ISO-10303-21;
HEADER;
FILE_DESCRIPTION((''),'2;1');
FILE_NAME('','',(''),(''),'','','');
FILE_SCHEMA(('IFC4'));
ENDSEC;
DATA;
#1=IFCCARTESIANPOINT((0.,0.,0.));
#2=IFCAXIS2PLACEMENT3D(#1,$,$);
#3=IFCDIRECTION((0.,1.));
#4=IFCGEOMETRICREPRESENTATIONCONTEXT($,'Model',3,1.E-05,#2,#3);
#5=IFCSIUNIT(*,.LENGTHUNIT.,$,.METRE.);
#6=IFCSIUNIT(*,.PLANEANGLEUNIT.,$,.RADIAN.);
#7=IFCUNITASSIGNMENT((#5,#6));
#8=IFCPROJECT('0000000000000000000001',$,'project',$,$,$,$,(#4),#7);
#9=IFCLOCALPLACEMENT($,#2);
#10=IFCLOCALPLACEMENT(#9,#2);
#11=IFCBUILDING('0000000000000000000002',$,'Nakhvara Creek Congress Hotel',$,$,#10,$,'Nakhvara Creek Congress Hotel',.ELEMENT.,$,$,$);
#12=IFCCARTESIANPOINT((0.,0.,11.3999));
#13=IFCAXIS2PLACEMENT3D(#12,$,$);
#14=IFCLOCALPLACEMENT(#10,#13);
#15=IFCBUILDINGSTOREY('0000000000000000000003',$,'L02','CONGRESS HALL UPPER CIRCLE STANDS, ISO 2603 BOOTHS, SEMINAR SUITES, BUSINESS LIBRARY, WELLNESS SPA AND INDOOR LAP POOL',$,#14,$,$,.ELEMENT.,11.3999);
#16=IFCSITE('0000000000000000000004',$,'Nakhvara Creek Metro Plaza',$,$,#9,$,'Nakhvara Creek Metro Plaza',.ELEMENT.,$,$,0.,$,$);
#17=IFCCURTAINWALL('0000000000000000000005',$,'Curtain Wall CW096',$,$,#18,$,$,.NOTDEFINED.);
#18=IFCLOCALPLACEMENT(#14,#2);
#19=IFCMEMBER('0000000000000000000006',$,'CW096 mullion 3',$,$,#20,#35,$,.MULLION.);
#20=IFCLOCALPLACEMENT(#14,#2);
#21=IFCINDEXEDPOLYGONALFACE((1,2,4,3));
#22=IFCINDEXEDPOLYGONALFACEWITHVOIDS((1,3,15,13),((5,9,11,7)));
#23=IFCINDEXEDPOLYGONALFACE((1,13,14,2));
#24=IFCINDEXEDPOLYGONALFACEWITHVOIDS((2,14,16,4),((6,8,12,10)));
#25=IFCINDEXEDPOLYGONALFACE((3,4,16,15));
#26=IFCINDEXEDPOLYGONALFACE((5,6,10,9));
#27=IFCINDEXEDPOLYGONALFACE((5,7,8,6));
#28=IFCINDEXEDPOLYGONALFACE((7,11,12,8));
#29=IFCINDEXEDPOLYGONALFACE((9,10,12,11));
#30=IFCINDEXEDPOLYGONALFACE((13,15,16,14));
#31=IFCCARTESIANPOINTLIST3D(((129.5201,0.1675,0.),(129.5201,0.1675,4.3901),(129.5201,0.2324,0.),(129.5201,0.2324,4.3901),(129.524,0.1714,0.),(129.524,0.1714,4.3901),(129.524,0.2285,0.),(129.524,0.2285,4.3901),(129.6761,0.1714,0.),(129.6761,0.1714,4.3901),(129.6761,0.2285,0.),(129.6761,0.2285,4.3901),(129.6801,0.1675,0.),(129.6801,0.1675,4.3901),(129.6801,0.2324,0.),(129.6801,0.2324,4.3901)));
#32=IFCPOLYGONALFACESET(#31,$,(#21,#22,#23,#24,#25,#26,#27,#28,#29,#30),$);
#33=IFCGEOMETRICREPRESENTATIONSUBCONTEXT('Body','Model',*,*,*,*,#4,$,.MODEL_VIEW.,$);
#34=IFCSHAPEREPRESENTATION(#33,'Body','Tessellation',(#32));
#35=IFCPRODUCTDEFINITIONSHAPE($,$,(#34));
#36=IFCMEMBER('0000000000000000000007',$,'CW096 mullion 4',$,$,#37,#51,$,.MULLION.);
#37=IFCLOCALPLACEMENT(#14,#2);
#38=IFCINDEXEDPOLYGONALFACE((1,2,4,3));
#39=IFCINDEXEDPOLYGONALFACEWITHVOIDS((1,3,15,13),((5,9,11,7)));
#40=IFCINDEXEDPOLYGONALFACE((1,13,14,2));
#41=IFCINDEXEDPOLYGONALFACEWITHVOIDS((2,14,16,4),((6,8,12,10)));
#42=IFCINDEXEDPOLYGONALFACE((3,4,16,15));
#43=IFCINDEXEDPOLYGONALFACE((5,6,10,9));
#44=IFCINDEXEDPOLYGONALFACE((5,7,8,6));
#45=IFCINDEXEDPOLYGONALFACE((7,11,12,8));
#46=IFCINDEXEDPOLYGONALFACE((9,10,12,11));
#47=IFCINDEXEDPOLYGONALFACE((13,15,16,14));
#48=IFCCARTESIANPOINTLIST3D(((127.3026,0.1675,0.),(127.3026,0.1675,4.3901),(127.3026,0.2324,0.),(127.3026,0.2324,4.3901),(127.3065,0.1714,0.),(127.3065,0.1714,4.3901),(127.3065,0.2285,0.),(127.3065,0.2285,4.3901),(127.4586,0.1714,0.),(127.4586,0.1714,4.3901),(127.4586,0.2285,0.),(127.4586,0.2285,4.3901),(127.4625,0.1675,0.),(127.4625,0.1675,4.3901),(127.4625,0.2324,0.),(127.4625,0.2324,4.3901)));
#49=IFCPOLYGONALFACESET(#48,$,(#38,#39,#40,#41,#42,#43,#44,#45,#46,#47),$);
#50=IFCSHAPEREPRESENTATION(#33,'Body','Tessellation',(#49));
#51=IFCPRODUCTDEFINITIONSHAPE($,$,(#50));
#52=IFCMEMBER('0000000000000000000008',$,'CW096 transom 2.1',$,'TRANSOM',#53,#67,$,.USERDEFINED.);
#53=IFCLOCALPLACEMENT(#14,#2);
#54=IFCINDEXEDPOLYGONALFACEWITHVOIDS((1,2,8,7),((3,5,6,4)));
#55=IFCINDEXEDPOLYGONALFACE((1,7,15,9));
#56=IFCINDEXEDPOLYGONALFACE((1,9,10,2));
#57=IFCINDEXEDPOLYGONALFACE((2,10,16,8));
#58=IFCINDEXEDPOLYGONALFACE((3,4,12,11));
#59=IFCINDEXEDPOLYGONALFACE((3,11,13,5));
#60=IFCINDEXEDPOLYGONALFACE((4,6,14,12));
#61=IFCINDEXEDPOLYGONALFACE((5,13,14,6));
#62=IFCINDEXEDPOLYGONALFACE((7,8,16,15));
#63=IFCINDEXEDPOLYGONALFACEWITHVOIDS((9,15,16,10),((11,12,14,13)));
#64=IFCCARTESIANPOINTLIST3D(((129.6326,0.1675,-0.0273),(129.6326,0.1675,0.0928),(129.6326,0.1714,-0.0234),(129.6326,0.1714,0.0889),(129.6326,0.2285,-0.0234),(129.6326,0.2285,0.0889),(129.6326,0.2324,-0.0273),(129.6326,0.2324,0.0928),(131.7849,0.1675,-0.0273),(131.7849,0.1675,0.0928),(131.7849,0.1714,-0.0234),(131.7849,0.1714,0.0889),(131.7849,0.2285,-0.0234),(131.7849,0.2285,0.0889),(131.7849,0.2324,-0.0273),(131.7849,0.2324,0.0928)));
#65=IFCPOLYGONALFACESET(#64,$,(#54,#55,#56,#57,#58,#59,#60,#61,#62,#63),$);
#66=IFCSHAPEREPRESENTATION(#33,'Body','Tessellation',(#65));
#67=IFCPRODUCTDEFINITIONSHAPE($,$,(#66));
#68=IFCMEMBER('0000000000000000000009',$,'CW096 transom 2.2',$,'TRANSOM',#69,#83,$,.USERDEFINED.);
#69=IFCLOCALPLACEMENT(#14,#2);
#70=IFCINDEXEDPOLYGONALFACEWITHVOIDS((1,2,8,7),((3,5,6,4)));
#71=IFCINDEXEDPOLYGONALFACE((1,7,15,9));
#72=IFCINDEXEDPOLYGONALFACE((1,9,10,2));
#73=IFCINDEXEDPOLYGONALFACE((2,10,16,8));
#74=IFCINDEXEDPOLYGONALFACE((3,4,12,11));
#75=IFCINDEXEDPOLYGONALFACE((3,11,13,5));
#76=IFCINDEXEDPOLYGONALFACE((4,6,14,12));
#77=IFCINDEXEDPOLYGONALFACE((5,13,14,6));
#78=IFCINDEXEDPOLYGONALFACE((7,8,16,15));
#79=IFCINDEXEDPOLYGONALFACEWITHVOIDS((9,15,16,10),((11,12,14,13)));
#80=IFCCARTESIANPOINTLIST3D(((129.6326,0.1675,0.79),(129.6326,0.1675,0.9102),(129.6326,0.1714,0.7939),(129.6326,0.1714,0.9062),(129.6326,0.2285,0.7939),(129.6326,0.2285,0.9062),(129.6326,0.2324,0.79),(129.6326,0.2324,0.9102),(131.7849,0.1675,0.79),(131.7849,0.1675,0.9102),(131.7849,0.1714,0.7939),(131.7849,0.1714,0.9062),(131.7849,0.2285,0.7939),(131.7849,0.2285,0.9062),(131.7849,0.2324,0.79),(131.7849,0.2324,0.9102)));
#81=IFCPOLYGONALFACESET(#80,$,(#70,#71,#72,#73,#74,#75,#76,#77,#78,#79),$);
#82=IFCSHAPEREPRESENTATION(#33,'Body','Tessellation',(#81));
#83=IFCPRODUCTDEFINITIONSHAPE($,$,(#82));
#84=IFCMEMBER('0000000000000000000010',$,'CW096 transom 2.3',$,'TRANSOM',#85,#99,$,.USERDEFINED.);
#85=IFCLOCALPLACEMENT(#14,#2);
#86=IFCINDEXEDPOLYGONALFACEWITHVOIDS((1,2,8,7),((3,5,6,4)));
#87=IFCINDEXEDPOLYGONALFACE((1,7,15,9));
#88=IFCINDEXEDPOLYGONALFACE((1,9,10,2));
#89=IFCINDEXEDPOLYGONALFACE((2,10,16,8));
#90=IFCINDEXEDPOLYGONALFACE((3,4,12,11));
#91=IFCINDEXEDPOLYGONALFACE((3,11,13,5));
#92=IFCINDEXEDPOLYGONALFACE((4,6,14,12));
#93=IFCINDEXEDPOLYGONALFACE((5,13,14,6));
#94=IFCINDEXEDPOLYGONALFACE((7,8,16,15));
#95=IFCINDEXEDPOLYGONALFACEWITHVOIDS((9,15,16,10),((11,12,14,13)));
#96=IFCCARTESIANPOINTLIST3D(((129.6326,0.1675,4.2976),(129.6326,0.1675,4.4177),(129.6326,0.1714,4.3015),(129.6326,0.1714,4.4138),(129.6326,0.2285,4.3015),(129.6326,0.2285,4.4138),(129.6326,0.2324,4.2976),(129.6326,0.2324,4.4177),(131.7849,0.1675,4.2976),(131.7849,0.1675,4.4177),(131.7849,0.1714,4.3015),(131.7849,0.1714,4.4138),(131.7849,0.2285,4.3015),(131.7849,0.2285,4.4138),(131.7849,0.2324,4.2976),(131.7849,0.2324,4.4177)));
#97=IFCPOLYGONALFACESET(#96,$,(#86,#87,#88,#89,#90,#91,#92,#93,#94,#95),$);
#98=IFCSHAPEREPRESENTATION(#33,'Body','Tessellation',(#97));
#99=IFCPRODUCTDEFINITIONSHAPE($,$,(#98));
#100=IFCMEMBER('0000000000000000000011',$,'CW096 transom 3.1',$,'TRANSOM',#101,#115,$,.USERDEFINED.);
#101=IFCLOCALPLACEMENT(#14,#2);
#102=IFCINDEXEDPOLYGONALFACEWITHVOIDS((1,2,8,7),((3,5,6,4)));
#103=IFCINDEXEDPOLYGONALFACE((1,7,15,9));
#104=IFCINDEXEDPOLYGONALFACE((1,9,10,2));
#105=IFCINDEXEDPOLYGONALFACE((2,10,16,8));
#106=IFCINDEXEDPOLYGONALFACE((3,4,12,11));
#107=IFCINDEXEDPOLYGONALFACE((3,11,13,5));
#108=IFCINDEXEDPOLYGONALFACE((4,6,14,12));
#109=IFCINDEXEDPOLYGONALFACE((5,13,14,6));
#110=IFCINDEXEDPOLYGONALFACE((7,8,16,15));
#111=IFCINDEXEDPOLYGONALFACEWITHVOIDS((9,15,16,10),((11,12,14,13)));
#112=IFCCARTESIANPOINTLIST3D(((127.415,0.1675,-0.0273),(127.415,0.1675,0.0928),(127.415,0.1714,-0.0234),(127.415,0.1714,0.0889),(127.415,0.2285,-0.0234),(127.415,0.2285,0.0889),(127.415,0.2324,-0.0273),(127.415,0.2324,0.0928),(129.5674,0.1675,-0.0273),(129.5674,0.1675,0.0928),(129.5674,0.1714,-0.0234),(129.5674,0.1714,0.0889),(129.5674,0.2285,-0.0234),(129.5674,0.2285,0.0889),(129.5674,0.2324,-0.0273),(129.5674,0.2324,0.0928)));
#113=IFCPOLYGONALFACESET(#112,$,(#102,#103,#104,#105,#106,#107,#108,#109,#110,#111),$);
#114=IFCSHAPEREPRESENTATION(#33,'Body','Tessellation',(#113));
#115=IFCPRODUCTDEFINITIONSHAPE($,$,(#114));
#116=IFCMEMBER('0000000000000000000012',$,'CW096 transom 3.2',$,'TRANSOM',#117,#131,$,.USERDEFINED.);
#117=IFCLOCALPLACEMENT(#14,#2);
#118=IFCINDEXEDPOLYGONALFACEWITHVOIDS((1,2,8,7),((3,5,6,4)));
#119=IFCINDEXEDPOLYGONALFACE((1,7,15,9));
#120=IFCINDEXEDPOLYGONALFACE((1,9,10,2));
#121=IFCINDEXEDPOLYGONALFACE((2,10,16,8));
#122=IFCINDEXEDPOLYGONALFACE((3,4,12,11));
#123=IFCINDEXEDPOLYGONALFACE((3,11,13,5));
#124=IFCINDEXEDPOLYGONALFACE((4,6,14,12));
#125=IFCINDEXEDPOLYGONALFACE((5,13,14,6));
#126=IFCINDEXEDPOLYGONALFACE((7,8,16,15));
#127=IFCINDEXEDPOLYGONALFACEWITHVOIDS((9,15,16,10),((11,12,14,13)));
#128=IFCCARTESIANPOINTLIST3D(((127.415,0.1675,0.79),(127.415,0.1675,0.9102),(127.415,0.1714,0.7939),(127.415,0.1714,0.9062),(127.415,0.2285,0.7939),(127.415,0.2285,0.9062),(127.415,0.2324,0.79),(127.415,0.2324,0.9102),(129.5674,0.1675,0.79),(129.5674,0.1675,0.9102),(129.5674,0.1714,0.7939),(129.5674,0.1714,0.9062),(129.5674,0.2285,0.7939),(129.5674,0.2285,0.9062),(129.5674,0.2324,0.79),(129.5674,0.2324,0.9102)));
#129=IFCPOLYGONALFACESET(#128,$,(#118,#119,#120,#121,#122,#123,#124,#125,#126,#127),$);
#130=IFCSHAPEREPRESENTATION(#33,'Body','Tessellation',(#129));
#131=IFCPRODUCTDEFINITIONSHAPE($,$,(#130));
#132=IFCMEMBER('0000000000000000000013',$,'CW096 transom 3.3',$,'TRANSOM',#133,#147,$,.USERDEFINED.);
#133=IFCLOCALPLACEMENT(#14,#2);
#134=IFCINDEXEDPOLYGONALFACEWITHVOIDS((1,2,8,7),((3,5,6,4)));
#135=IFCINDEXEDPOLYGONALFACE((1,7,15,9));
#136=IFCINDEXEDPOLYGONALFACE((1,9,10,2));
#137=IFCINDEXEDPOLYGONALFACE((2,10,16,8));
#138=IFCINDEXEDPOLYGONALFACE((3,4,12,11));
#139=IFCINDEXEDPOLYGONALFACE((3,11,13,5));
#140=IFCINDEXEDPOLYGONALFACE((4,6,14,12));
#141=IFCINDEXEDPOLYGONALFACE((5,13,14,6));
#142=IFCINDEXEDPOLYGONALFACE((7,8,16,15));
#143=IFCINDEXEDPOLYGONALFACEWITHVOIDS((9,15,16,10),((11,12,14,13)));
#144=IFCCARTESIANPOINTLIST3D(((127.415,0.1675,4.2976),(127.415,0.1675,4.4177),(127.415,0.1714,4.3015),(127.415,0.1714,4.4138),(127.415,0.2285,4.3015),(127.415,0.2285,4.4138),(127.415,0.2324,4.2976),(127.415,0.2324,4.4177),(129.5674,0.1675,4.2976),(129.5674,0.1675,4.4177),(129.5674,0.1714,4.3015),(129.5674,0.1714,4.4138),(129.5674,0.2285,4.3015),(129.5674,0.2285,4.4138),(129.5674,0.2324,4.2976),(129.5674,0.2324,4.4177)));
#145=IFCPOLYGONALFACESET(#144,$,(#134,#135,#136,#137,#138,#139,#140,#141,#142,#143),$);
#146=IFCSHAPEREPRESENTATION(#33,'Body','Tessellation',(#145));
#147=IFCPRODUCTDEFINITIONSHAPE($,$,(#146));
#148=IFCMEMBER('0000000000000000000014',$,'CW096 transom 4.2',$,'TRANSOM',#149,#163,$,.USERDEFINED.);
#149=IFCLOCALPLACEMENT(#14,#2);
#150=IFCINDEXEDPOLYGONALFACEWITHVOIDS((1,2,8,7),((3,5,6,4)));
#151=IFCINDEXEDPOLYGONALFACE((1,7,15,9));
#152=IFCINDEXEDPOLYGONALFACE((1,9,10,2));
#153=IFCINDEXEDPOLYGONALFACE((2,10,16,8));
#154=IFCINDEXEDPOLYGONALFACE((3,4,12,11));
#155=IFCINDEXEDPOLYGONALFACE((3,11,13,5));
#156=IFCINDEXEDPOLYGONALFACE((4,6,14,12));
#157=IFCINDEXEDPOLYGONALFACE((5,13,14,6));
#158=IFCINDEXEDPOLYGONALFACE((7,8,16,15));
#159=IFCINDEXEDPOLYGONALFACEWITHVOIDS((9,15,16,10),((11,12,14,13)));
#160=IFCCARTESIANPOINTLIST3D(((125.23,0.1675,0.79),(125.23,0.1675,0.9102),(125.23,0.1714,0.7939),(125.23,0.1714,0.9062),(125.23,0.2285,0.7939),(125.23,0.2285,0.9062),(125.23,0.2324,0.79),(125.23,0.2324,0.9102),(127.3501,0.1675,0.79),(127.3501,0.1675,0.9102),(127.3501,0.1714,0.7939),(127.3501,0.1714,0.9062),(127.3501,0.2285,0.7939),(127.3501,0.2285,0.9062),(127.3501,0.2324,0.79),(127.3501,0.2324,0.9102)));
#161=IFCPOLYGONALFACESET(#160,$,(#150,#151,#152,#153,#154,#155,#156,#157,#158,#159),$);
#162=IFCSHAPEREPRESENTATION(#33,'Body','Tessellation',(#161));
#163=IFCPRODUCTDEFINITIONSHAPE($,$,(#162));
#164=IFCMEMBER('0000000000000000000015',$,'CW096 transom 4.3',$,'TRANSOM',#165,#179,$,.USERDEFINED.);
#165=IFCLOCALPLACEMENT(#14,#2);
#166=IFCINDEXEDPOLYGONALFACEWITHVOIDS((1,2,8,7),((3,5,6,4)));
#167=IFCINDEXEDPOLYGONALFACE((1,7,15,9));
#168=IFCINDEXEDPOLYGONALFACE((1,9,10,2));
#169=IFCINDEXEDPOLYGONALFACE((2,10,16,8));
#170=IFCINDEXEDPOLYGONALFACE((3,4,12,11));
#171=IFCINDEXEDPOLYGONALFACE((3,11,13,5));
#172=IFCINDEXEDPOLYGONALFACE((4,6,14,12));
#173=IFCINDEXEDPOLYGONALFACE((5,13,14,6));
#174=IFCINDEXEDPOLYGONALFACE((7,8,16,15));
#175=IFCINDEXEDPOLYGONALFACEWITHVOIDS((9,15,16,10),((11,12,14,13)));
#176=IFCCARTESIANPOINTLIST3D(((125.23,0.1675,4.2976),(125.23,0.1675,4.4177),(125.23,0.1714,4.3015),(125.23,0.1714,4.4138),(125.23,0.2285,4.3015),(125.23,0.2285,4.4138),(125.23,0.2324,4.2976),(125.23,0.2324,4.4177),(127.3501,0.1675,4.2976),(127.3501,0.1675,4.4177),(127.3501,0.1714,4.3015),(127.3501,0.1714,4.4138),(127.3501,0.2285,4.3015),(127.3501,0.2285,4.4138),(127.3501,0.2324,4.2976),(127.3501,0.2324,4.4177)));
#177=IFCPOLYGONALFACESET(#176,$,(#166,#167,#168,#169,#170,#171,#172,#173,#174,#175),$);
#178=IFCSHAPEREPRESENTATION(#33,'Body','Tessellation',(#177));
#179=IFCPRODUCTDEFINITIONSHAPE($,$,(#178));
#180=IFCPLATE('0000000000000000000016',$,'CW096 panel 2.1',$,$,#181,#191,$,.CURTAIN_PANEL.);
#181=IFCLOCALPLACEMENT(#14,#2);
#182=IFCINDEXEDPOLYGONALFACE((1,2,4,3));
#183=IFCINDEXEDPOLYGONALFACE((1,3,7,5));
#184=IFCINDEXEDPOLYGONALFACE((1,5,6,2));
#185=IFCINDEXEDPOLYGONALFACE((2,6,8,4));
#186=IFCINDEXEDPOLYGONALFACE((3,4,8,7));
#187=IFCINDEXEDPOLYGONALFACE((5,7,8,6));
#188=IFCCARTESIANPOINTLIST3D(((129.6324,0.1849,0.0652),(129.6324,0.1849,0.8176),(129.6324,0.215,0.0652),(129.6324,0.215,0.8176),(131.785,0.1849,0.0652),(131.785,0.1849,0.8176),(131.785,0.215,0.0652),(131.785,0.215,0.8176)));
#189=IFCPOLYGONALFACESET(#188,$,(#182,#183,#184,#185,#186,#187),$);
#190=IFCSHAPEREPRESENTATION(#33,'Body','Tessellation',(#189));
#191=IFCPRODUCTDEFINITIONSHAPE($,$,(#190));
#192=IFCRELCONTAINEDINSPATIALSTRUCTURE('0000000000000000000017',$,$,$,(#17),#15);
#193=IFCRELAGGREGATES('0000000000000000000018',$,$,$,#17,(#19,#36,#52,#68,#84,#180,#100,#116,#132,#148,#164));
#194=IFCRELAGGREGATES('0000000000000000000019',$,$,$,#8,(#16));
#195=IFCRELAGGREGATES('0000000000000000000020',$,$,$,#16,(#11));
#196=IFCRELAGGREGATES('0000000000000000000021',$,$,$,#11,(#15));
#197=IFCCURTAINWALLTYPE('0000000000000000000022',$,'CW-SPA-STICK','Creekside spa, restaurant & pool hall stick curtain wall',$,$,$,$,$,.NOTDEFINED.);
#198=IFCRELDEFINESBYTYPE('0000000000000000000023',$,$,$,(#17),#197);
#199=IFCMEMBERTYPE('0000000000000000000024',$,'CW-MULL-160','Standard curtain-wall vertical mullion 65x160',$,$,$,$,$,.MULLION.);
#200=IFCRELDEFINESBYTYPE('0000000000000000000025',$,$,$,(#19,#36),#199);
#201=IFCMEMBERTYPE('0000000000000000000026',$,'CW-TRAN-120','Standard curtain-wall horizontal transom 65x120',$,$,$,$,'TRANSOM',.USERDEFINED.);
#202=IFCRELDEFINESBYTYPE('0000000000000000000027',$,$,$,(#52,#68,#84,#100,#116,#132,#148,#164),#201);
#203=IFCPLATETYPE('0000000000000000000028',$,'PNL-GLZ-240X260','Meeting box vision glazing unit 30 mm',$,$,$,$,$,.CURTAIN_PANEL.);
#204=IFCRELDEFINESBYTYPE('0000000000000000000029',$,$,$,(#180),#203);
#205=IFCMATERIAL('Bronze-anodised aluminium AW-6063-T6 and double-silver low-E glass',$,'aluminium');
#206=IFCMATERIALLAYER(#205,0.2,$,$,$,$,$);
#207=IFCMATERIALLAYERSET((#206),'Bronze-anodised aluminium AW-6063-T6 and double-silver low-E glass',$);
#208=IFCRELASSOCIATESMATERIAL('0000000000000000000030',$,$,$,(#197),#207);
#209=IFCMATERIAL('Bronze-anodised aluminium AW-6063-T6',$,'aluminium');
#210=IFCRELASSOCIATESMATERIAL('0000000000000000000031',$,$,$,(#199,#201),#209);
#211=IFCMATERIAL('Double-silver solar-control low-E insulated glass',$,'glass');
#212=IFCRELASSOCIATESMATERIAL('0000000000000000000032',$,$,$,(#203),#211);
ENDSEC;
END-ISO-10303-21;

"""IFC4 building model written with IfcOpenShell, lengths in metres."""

from ifc_helpers import new_model, si_unit, direction, frame, origin, origin_2d, place, context, subcontext, project, spatial, rectangle, hollow_rectangle, extrude, material, layer, layer_set, material_profile, profile_set, type_object, element, aggregate, save


model = new_model("IFC4")

# Units and contexts
model_context = context("Model", 3, precision=1e-05, world=origin(), true_north=direction((0.0, 1.0)))
body_context = subcontext(model_context, "Body", "Model", "MODEL_VIEW")
ifc_project = project(units=[si_unit("LENGTHUNIT", "METRE"), si_unit("PLANEANGLEUNIT", "RADIAN")], contexts=[model_context])

# Site, building, storey
site_placement = place(None, origin())
site = spatial("IfcSite", under=ifc_project, at=site_placement, Name="Nakhvara Creek Metro Plaza", LongName="Nakhvara Creek Metro Plaza", CompositionType="ELEMENT", RefElevation=0.0)
building_placement = place(site_placement, origin())
building = spatial("IfcBuilding", under=site, at=building_placement, Name="Nakhvara Creek Congress Hotel", LongName="Nakhvara Creek Congress Hotel", CompositionType="ELEMENT")
storey_placement = place(building_placement, frame((0.0, 0.0, 11.3999)))
storey = spatial("IfcBuildingStorey", under=building, at=storey_placement, Name="L02", Description="CONGRESS HALL UPPER CIRCLE STANDS, ISO 2603 BOOTHS, SEMINAR SUITES, BUSINESS LIBRARY, WELLNESS SPA AND INDOOR LAP POOL", CompositionType="ELEMENT", Elevation=11.3999)

# Curtain wall, members, plate
ifc_material_1 = material(Name="Bronze-anodised aluminium AW-6063-T6 and double-silver low-E glass", Category="aluminium")
ifc_layer_1 = layer(ifc_material_1, 0.2)
ifc_layer_set_1 = layer_set([ifc_layer_1], Name="Bronze-anodised aluminium AW-6063-T6 and double-silver low-E glass")
curtain_wall_type = type_object("IfcCurtainWallType", Name="CW-SPA-STICK", Description="Creekside spa, restaurant & pool hall stick curtain wall", PredefinedType="NOTDEFINED", material=ifc_layer_set_1)
curtain_wall_placement = place(storey_placement, origin())
curtain_wall = element("IfcCurtainWall", 1, at=curtain_wall_placement, inside=storey, type_object=curtain_wall_type, Name="Curtain Wall CW096", PredefinedType="NOTDEFINED")
ifc_material_2 = material(Name="Bronze-anodised aluminium AW-6063-T6", Category="aluminium")
ifc_material_profile_1 = material_profile(ifc_material_2, hollow_rectangle(XDim=0.0649, YDim=0.1599, WallThickness=0.0039, at=origin_2d()), Name="ALU-MULL 65x160x4", Category="LoadBearing")
ifc_profile_set_1 = profile_set([ifc_material_profile_1], Name="Bronze-anodised aluminium AW-6063-T6")
member_type_1 = type_object("IfcMemberType", Name="CW-MULL-160", Description="Standard curtain-wall vertical mullion 65x160", PredefinedType="MULLION", material=ifc_profile_set_1)
member_1_placement = place(storey_placement, frame((129.6001, 0.2, 0.0), z_axis=(0.0, 0.0, 1.0), x_axis=(0.0, -1.0, 0.0)))
member_1 = element("IfcMember", 2, at=member_1_placement, type_object=member_type_1, Name="CW096 mullion 3", PredefinedType="MULLION", context=body_context, shape_type="SweptSolid", body=[
    extrude(hollow_rectangle(XDim=0.0649, YDim=0.1599, WallThickness=0.0039, at=origin_2d()), origin(), (0.0, 0.0, 1.0), 4.3901),
])
member_2_placement = place(storey_placement, frame((127.3826, 0.2, 0.0), z_axis=(0.0, 0.0, 1.0), x_axis=(0.0, -1.0, 0.0)))
member_2 = element("IfcMember", 3, at=member_2_placement, type_object=member_type_1, Name="CW096 mullion 4", PredefinedType="MULLION", context=body_context, shape_type="SweptSolid", body=[
    extrude(hollow_rectangle(XDim=0.0649, YDim=0.1599, WallThickness=0.0039, at=origin_2d()), origin(), (0.0, 0.0, 1.0), 4.3901),
])
ifc_material_profile_2 = material_profile(ifc_material_2, hollow_rectangle(XDim=0.0649, YDim=0.1201, WallThickness=0.0039, at=origin_2d()), Name="ALU-TRAN 65x120x4", Category="LoadBearing")
ifc_profile_set_2 = profile_set([ifc_material_profile_2], Name="Bronze-anodised aluminium AW-6063-T6")
member_type_2 = type_object("IfcMemberType", Name="CW-TRAN-120", Description="Standard curtain-wall horizontal transom 65x120", ElementType="TRANSOM", PredefinedType="USERDEFINED", material=ifc_profile_set_2)
member_3_placement = place(storey_placement, frame((131.7849, 0.2, 0.0327), z_axis=(-1.0, 0.0, 0.0), x_axis=(0.0, -1.0, 0.0)))
member_3 = element("IfcMember", 4, at=member_3_placement, type_object=member_type_2, Name="CW096 transom 2.1", ObjectType="TRANSOM", PredefinedType="USERDEFINED", context=body_context, shape_type="SweptSolid", body=[
    extrude(hollow_rectangle(XDim=0.0649, YDim=0.1201, WallThickness=0.0039, at=origin_2d()), origin(), (0.0, 0.0, 1.0), 2.1523),
])
member_4_placement = place(storey_placement, frame((131.7849, 0.2, 0.8501), z_axis=(-1.0, 0.0, 0.0), x_axis=(0.0, -1.0, 0.0)))
member_4 = element("IfcMember", 5, at=member_4_placement, type_object=member_type_2, Name="CW096 transom 2.2", ObjectType="TRANSOM", PredefinedType="USERDEFINED", context=body_context, shape_type="SweptSolid", body=[
    extrude(hollow_rectangle(XDim=0.0649, YDim=0.1201, WallThickness=0.0039, at=origin_2d()), origin(), (0.0, 0.0, 1.0), 2.1523),
])
member_5_placement = place(storey_placement, frame((131.7849, 0.2, 4.3577), z_axis=(-1.0, 0.0, 0.0), x_axis=(0.0, -1.0, 0.0)))
member_5 = element("IfcMember", 6, at=member_5_placement, type_object=member_type_2, Name="CW096 transom 2.3", ObjectType="TRANSOM", PredefinedType="USERDEFINED", context=body_context, shape_type="SweptSolid", body=[
    extrude(hollow_rectangle(XDim=0.0649, YDim=0.1201, WallThickness=0.0039, at=origin_2d()), origin(), (0.0, 0.0, 1.0), 2.1523),
])
member_6_placement = place(storey_placement, frame((129.5674, 0.2, 0.0327), z_axis=(-1.0, 0.0, 0.0), x_axis=(0.0, -1.0, 0.0)))
member_6 = element("IfcMember", 7, at=member_6_placement, type_object=member_type_2, Name="CW096 transom 3.1", ObjectType="TRANSOM", PredefinedType="USERDEFINED", context=body_context, shape_type="SweptSolid", body=[
    extrude(hollow_rectangle(XDim=0.0649, YDim=0.1201, WallThickness=0.0039, at=origin_2d()), origin(), (0.0, 0.0, 1.0), 2.1523),
])
member_7_placement = place(storey_placement, frame((129.5674, 0.2, 0.8501), z_axis=(-1.0, 0.0, 0.0), x_axis=(0.0, -1.0, 0.0)))
member_7 = element("IfcMember", 8, at=member_7_placement, type_object=member_type_2, Name="CW096 transom 3.2", ObjectType="TRANSOM", PredefinedType="USERDEFINED", context=body_context, shape_type="SweptSolid", body=[
    extrude(hollow_rectangle(XDim=0.0649, YDim=0.1201, WallThickness=0.0039, at=origin_2d()), origin(), (0.0, 0.0, 1.0), 2.1523),
])
member_8_placement = place(storey_placement, frame((129.5674, 0.2, 4.3577), z_axis=(-1.0, 0.0, 0.0), x_axis=(0.0, -1.0, 0.0)))
member_8 = element("IfcMember", 9, at=member_8_placement, type_object=member_type_2, Name="CW096 transom 3.3", ObjectType="TRANSOM", PredefinedType="USERDEFINED", context=body_context, shape_type="SweptSolid", body=[
    extrude(hollow_rectangle(XDim=0.0649, YDim=0.1201, WallThickness=0.0039, at=origin_2d()), origin(), (0.0, 0.0, 1.0), 2.1523),
])
member_9_placement = place(storey_placement, frame((127.3501, 0.2, 0.8501), z_axis=(-1.0, 0.0, 0.0), x_axis=(0.0, -1.0, 0.0)))
member_9 = element("IfcMember", 10, at=member_9_placement, type_object=member_type_2, Name="CW096 transom 4.2", ObjectType="TRANSOM", PredefinedType="USERDEFINED", context=body_context, shape_type="SweptSolid", body=[
    extrude(hollow_rectangle(XDim=0.0649, YDim=0.1201, WallThickness=0.0039, at=origin_2d()), origin(), (0.0, 0.0, 1.0), 2.1201),
])
member_10_placement = place(storey_placement, frame((127.3501, 0.2, 4.3577), z_axis=(-1.0, 0.0, 0.0), x_axis=(0.0, -1.0, 0.0)))
member_10 = element("IfcMember", 11, at=member_10_placement, type_object=member_type_2, Name="CW096 transom 4.3", ObjectType="TRANSOM", PredefinedType="USERDEFINED", context=body_context, shape_type="SweptSolid", body=[
    extrude(hollow_rectangle(XDim=0.0649, YDim=0.1201, WallThickness=0.0039, at=origin_2d()), origin(), (0.0, 0.0, 1.0), 2.1201),
])
ifc_material_3 = material(Name="Double-silver solar-control low-E insulated glass", Category="glass")
plate_type = type_object("IfcPlateType", Name="PNL-GLZ-240X260", Description="Meeting box vision glazing unit 30 mm", PredefinedType="CURTAIN_PANEL", material=ifc_material_3)
plate_1_placement = place(storey_placement, frame((130.7087, 0.2, 0.0652), z_axis=(0.0, 0.0, 1.0), x_axis=(-1.0, 0.0, 0.0)))
plate_1 = element("IfcPlate", 12, at=plate_1_placement, type_object=plate_type, Name="CW096 panel 2.1", PredefinedType="CURTAIN_PANEL", context=body_context, shape_type="SweptSolid", body=[
    extrude(rectangle(XDim=2.1526, YDim=0.03, at=origin_2d()), origin(), (0.0, 0.0, 1.0), 0.7524),
])
aggregate(curtain_wall, [member_1, member_2, member_3, member_4, member_5, plate_1, member_6, member_7, member_8, member_9, member_10])

save(model, "model.ifc")
